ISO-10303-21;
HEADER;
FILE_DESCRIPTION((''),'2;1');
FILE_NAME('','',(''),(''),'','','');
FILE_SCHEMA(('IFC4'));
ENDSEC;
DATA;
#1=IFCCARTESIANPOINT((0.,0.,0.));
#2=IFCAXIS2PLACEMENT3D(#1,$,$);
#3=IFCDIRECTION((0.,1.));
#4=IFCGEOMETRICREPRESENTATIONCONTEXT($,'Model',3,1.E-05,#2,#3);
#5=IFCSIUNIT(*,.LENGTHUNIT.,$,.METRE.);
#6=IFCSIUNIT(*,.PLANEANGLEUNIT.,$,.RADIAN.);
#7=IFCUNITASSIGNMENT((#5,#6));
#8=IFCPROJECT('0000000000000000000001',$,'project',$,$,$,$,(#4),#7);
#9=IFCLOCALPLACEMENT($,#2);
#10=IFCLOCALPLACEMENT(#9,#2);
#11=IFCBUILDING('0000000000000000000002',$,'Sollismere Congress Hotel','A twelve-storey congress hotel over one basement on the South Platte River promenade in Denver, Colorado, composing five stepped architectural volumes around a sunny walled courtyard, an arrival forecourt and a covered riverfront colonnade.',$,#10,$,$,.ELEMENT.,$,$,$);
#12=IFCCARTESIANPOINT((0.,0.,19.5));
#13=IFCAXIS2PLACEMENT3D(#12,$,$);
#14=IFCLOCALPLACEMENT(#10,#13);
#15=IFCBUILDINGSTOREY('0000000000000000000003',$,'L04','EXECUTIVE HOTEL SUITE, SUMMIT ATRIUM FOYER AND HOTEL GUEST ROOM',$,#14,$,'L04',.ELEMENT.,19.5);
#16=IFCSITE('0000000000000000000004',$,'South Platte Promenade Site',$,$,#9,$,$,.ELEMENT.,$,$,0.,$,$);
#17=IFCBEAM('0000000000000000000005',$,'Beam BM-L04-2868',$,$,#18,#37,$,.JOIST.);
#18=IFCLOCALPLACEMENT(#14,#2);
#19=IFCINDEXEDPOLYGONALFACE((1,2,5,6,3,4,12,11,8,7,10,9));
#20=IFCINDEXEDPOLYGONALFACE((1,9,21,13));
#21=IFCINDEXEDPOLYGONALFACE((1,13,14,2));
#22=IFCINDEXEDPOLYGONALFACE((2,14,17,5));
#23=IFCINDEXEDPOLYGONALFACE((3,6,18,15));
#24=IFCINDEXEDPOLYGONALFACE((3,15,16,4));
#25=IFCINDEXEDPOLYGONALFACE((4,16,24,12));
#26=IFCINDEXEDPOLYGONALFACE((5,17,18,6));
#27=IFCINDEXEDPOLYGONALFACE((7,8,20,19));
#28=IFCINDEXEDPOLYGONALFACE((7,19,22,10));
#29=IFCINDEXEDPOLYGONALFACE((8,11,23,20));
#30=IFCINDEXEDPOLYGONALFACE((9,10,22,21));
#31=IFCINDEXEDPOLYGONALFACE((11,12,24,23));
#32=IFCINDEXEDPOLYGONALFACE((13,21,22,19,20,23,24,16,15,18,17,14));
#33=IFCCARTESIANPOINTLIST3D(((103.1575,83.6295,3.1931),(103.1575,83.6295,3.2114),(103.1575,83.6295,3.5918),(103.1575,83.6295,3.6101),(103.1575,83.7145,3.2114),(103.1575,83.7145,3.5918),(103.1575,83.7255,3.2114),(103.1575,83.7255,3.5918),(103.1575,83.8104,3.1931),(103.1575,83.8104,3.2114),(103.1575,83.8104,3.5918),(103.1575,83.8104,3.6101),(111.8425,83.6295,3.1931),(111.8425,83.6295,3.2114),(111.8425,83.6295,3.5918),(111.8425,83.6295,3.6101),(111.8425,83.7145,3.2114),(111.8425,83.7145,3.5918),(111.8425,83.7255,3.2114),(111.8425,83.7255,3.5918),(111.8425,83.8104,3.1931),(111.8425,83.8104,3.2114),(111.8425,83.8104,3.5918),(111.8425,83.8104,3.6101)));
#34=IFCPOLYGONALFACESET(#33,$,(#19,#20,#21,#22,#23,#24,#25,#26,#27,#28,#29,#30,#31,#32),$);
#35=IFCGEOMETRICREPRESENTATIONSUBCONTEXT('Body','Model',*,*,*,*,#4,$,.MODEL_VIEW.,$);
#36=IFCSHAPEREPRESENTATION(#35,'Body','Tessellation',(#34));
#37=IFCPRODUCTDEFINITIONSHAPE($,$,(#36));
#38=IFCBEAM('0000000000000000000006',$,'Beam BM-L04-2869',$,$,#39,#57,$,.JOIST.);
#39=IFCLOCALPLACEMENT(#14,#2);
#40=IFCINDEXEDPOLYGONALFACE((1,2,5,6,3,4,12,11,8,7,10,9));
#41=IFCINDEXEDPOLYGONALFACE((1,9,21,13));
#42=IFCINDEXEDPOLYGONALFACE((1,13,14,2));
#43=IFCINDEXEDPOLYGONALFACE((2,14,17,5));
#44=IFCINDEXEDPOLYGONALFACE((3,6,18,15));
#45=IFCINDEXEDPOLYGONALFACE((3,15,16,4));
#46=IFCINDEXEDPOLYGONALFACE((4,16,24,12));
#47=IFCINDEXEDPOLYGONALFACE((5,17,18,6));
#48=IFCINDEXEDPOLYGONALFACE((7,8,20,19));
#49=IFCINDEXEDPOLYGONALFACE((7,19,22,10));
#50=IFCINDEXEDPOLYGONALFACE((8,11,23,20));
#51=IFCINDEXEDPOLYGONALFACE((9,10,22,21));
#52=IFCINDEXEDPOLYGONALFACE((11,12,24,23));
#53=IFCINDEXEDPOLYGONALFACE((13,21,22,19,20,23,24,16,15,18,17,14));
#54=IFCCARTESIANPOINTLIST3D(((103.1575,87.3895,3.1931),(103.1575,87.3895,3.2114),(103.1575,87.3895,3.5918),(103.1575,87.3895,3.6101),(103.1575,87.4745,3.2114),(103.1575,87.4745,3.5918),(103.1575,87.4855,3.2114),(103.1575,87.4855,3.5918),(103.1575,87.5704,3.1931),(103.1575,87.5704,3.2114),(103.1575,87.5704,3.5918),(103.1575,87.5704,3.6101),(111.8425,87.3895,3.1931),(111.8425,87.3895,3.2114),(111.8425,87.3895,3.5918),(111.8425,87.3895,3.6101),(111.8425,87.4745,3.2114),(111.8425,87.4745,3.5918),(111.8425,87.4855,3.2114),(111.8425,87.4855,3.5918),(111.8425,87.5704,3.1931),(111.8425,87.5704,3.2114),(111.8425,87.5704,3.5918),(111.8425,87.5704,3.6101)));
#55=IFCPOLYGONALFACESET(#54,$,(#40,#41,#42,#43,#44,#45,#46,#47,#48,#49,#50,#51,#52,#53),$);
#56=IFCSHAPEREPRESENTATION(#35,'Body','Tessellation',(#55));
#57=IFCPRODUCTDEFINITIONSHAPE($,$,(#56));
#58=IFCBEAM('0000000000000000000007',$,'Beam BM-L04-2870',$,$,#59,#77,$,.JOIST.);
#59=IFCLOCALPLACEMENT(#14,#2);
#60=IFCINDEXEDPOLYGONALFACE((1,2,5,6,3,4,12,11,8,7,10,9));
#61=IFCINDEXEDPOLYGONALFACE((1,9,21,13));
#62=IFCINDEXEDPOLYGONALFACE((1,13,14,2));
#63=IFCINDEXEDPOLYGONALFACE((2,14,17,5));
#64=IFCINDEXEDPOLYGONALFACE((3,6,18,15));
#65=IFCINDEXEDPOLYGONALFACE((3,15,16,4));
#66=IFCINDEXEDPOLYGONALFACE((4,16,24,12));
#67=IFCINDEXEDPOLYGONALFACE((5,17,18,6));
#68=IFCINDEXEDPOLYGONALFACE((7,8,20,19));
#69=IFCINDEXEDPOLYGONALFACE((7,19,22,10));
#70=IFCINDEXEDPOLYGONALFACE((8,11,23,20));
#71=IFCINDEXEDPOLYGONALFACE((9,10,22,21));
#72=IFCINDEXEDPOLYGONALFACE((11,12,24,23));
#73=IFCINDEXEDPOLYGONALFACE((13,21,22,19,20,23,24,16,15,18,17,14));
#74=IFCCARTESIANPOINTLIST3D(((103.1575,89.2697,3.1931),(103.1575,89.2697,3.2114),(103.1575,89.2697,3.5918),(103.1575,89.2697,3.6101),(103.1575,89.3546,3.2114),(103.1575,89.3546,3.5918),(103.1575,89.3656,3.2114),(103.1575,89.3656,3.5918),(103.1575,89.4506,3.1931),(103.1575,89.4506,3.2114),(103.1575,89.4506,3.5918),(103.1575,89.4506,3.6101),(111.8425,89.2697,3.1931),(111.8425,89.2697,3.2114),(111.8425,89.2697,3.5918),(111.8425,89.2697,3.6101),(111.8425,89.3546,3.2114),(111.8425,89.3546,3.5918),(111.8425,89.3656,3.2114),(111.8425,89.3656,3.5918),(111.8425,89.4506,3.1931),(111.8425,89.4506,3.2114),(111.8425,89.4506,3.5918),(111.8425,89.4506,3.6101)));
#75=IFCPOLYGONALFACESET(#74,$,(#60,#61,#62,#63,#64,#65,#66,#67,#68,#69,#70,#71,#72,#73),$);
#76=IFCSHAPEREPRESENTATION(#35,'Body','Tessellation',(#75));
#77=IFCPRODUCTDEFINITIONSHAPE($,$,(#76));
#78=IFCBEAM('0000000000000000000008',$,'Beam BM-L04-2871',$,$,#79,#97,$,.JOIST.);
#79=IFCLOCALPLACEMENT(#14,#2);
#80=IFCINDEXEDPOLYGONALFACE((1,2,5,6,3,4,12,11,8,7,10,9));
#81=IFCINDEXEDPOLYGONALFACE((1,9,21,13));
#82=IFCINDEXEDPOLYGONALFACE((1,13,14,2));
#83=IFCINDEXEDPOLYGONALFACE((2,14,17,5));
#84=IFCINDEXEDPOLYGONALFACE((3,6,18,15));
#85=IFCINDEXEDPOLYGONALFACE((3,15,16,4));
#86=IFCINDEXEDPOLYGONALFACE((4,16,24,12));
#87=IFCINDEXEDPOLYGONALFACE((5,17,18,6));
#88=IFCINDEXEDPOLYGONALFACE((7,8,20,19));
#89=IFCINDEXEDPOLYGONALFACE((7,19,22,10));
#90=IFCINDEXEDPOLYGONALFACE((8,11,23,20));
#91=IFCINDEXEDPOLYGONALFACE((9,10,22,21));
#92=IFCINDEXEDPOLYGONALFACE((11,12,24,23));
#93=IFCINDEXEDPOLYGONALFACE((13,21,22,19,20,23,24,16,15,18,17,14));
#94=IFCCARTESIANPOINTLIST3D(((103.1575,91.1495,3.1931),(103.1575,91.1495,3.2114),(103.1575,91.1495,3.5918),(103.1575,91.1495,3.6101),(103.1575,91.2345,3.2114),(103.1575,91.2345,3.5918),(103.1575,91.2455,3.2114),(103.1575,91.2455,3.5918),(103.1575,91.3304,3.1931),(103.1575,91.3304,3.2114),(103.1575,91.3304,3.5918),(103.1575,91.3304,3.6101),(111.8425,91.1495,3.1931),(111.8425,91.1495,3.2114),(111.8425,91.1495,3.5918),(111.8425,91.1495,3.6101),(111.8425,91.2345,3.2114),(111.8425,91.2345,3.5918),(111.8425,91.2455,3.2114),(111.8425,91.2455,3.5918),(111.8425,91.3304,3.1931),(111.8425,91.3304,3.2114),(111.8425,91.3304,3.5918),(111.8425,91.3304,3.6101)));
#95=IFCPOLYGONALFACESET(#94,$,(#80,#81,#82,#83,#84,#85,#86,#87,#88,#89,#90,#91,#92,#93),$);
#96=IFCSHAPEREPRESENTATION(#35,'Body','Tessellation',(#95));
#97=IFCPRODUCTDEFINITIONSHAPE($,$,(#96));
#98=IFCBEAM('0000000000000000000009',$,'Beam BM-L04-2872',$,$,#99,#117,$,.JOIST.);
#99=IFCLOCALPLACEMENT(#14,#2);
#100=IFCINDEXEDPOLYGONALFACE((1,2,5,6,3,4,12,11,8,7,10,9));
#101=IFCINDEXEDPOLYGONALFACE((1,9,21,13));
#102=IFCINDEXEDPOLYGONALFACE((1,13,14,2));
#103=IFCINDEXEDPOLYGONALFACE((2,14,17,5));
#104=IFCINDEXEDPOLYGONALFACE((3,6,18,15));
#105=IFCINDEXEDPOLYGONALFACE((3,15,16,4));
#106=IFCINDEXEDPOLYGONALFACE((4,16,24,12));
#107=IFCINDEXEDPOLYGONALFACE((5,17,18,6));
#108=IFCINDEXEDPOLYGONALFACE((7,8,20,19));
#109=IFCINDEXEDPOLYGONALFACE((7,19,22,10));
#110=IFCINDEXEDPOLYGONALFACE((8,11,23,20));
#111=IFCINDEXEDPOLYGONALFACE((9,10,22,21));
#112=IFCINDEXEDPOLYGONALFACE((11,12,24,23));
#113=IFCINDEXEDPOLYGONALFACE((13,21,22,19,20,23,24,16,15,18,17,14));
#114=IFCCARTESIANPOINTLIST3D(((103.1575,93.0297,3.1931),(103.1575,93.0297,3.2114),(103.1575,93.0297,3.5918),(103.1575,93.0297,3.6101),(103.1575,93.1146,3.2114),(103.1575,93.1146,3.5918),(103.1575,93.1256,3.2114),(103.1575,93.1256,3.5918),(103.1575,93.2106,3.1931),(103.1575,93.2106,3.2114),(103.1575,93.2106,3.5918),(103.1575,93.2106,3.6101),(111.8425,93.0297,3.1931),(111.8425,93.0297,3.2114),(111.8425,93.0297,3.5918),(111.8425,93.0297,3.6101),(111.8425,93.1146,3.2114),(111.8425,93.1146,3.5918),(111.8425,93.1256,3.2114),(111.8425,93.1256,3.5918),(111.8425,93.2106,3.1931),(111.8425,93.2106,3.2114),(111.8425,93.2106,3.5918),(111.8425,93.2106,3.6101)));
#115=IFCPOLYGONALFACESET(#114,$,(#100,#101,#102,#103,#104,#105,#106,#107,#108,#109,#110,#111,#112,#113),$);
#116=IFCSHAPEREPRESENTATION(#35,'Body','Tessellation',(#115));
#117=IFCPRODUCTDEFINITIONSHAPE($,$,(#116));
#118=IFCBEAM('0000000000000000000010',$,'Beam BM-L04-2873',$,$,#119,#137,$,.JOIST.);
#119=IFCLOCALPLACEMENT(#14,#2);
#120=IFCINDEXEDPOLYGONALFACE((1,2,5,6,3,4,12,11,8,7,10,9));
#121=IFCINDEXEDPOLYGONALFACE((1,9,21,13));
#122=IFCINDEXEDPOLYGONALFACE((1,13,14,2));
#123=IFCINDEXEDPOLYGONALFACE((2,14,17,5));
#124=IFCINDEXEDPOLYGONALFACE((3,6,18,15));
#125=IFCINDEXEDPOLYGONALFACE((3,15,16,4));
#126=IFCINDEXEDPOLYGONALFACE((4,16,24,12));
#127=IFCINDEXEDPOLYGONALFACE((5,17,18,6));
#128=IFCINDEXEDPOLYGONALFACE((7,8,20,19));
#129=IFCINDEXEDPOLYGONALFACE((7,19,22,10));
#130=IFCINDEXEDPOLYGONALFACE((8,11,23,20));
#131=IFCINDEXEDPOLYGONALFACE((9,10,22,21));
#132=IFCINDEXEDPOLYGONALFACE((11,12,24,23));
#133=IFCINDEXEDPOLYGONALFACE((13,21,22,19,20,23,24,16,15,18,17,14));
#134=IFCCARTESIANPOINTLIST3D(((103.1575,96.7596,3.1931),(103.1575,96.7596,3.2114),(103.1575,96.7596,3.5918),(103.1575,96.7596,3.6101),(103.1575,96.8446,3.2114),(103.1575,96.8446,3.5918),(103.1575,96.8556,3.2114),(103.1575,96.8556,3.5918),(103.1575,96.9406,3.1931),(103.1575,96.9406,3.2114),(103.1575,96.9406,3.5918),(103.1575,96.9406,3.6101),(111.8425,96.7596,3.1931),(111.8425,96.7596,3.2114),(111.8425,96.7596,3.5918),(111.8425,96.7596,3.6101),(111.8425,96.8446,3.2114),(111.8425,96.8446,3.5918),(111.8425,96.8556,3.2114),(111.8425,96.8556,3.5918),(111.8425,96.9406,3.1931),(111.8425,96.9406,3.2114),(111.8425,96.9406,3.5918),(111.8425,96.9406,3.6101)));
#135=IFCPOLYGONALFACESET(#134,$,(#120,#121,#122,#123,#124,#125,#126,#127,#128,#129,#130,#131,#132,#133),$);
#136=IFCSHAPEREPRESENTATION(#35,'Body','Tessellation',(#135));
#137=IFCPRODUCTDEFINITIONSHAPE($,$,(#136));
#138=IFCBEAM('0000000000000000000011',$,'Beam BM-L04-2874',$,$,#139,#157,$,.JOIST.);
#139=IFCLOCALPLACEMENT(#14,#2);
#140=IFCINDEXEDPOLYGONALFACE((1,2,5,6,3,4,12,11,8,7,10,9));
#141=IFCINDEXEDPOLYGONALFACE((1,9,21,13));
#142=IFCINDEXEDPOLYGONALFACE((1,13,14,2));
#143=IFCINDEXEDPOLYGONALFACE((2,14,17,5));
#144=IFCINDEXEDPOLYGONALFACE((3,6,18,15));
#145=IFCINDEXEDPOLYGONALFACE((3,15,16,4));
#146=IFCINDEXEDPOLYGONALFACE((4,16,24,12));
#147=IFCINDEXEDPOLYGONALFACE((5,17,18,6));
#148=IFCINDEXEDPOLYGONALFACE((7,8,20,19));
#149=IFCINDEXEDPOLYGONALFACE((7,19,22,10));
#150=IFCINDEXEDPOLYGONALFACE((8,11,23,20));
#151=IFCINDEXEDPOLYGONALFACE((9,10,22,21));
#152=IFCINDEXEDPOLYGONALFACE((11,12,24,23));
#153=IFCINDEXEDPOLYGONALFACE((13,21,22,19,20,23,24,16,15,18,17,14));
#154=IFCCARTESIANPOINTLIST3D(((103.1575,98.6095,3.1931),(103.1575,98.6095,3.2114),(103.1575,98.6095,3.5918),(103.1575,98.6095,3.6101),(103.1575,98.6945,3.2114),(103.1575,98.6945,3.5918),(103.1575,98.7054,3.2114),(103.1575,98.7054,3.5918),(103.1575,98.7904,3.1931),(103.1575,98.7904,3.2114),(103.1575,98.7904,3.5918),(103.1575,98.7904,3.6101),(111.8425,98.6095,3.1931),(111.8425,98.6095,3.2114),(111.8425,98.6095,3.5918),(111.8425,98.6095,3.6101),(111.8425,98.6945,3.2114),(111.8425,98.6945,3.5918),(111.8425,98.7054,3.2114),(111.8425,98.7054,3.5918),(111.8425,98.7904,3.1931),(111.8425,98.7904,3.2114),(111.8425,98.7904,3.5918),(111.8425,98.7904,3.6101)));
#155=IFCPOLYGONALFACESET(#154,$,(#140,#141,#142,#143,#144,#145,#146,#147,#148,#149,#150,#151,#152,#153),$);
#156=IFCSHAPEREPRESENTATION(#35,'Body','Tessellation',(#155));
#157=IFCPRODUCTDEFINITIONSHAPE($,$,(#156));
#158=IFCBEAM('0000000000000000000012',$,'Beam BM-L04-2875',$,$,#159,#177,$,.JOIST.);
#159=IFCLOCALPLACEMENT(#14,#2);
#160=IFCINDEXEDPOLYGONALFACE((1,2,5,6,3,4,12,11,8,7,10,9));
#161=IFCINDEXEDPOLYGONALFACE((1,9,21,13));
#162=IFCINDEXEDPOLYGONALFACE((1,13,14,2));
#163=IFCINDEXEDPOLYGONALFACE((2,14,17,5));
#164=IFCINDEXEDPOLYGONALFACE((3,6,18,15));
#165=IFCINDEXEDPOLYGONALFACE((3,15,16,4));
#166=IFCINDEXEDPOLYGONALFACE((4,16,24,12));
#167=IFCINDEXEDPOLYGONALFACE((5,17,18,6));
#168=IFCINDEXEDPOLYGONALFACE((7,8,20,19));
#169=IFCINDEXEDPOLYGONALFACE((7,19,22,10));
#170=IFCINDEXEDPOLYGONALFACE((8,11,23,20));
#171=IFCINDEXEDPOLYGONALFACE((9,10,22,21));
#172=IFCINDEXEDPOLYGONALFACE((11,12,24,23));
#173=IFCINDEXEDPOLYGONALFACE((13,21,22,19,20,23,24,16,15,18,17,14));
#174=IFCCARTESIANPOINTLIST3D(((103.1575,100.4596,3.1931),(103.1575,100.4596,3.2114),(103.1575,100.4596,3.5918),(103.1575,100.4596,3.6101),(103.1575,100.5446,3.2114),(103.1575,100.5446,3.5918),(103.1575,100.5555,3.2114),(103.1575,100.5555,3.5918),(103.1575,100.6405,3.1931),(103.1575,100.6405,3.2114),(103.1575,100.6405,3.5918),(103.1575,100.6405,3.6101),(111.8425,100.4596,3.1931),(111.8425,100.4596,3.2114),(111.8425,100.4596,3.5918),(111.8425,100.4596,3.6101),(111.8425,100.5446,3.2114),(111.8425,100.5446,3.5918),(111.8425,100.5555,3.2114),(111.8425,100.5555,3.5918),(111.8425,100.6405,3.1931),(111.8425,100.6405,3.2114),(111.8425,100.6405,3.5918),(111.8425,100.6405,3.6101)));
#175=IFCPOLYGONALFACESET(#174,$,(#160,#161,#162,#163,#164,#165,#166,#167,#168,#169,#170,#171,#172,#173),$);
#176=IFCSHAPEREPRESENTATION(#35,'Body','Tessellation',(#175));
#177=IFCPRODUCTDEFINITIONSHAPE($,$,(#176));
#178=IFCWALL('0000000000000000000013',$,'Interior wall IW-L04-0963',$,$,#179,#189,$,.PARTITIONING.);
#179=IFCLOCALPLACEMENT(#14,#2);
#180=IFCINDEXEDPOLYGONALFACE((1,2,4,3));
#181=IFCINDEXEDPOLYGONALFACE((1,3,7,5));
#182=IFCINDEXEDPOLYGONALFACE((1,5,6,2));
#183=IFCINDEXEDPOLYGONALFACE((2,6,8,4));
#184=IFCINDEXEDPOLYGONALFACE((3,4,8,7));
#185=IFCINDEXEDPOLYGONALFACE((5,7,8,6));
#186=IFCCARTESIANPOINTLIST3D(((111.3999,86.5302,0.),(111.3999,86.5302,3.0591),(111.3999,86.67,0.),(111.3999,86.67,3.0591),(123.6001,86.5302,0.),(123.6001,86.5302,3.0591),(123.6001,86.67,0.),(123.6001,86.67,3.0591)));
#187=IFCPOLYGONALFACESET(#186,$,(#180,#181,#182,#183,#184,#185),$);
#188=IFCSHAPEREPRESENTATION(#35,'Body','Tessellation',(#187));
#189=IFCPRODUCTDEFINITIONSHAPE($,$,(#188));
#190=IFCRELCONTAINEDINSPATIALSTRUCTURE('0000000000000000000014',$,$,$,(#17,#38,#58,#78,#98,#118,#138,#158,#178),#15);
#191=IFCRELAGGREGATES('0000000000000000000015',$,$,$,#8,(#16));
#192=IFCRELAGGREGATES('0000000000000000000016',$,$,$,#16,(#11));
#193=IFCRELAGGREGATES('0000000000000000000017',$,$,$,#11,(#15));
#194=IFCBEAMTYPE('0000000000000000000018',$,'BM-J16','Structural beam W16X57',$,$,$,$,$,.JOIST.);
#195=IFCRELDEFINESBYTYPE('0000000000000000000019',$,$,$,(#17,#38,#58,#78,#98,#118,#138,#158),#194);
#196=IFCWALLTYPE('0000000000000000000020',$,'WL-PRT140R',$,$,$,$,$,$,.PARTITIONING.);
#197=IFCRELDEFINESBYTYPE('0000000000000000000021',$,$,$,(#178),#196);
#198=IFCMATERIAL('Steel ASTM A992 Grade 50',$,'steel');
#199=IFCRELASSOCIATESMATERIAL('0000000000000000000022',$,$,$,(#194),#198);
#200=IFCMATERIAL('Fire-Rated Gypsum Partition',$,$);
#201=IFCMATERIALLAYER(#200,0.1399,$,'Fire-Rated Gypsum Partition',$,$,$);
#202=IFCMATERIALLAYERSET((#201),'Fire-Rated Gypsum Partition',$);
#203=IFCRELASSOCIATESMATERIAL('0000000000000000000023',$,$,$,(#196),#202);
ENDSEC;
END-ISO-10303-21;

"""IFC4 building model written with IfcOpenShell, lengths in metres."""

from ifc_helpers import new_model, si_unit, direction, frame, frame_2d, origin, origin_2d, place, context, subcontext, project, spatial, rectangle, i_section, extrude, material, layer, layer_set, material_profile, profile_set, type_object, element, save


model = new_model("IFC4")

# Units and contexts
model_context = context("Model", 3, precision=1e-05, world=origin(), true_north=direction((0.0, 1.0)))
body_context = subcontext(model_context, "Body", "Model", "MODEL_VIEW")
ifc_project = project(units=[si_unit("LENGTHUNIT", "METRE"), si_unit("PLANEANGLEUNIT", "RADIAN")], contexts=[model_context])

# Site, building, storey
site_placement = place(None, origin())
site = spatial("IfcSite", under=ifc_project, at=site_placement, Name="South Platte Promenade Site", CompositionType="ELEMENT", RefElevation=0.0)
building_placement = place(site_placement, origin())
building = spatial("IfcBuilding", under=site, at=building_placement, Name="Sollismere Congress Hotel", Description="A twelve-storey congress hotel over one basement on the South Platte River promenade in Denver, Colorado, composing five stepped architectural volumes around a sunny walled courtyard, an arrival forecourt and a covered riverfront colonnade.", CompositionType="ELEMENT")
storey_placement = place(building_placement, frame((0.0, 0.0, 19.5)))
storey = spatial("IfcBuildingStorey", under=building, at=storey_placement, Name="L04", Description="EXECUTIVE HOTEL SUITE, SUMMIT ATRIUM FOYER AND HOTEL GUEST ROOM", LongName="L04", CompositionType="ELEMENT", Elevation=19.5)

# Shared definitions
ifc_material_1 = material(Name="Steel ASTM A992 Grade 50", Category="steel")

# Beams
ifc_material_profile_1 = material_profile(ifc_material_1, i_section(OverallWidth=0.1809, OverallDepth=0.417, WebThickness=0.011, FlangeThickness=0.0183, at=origin_2d()), Name="W16X57")
ifc_profile_set_1 = profile_set([ifc_material_profile_1], Name="Steel ASTM A992 Grade 50")
beam_type_1 = type_object("IfcBeamType", Name="BM-J16", Description="Structural beam W16X57", PredefinedType="JOIST", material=ifc_profile_set_1)
for number, where, z_axis, x_axis, name in (
    (1, (103.1575, 83.72, 3.4016), (1.0, 0.0, 0.0), (0.0, 1.0, 0.0), "Beam BM-L04-2868"),
    (2, (103.1575, 87.48, 3.4016), (1.0, 0.0, 0.0), (0.0, 1.0, 0.0), "Beam BM-L04-2869"),
    (3, (103.1575, 89.3601, 3.4016), (1.0, 0.0, 0.0), (0.0, 1.0, 0.0), "Beam BM-L04-2870"),
    (4, (103.1575, 91.24, 3.4016), (1.0, 0.0, 0.0), (0.0, 1.0, 0.0), "Beam BM-L04-2871"),
    (5, (103.1575, 93.1201, 3.4016), (1.0, 0.0, 0.0), (0.0, 1.0, 0.0), "Beam BM-L04-2872"),
    (6, (103.1575, 96.8501, 3.4016), (1.0, 0.0, 0.0), (0.0, 1.0, 0.0), "Beam BM-L04-2873"),
    (7, (103.1575, 98.7, 3.4016), (1.0, 0.0, 0.0), (0.0, 1.0, 0.0), "Beam BM-L04-2874"),
    (8, (103.1575, 100.55, 3.4016), (1.0, 0.0, 0.0), (0.0, 1.0, 0.0), "Beam BM-L04-2875"),
):
    element("IfcBeam", number, at=place(storey_placement, frame(where, z_axis=z_axis, x_axis=x_axis)), inside=storey, type_object=beam_type_1, Name=name, PredefinedType="JOIST", context=body_context, shape_type="SweptSolid", body=[
        extrude(i_section(OverallWidth=0.1809, OverallDepth=0.417, WebThickness=0.011, FlangeThickness=0.0183, at=origin_2d()), origin(), (0.0, 0.0, 1.0), 8.6851),
    ])

# Wall
ifc_material_2 = material(Name="Fire-Rated Gypsum Partition")
ifc_layer = layer(ifc_material_2, 0.1399, Name="Fire-Rated Gypsum Partition")
ifc_layer_set = layer_set([ifc_layer], Name="Fire-Rated Gypsum Partition")
wall_type = type_object("IfcWallType", Name="WL-PRT140R", PredefinedType="PARTITIONING", material=ifc_layer_set)
wall_placement = place(storey_placement, frame((111.3999, 86.6001, 0.0), z_axis=(0.0, 0.0, 1.0), x_axis=(1.0, 0.0, 0.0)))
element("IfcWall", 9, at=wall_placement, inside=storey, type_object=wall_type, Name="Interior wall IW-L04-0963", PredefinedType="PARTITIONING", context=body_context, shape_type="SweptSolid", body=[
    extrude(rectangle(XDim=12.2002, YDim=0.1399, at=frame_2d((6.1001, 0.0))), origin(), (0.0, 0.0, 1.0), 3.0591),
])

save(model, "model.ifc")
